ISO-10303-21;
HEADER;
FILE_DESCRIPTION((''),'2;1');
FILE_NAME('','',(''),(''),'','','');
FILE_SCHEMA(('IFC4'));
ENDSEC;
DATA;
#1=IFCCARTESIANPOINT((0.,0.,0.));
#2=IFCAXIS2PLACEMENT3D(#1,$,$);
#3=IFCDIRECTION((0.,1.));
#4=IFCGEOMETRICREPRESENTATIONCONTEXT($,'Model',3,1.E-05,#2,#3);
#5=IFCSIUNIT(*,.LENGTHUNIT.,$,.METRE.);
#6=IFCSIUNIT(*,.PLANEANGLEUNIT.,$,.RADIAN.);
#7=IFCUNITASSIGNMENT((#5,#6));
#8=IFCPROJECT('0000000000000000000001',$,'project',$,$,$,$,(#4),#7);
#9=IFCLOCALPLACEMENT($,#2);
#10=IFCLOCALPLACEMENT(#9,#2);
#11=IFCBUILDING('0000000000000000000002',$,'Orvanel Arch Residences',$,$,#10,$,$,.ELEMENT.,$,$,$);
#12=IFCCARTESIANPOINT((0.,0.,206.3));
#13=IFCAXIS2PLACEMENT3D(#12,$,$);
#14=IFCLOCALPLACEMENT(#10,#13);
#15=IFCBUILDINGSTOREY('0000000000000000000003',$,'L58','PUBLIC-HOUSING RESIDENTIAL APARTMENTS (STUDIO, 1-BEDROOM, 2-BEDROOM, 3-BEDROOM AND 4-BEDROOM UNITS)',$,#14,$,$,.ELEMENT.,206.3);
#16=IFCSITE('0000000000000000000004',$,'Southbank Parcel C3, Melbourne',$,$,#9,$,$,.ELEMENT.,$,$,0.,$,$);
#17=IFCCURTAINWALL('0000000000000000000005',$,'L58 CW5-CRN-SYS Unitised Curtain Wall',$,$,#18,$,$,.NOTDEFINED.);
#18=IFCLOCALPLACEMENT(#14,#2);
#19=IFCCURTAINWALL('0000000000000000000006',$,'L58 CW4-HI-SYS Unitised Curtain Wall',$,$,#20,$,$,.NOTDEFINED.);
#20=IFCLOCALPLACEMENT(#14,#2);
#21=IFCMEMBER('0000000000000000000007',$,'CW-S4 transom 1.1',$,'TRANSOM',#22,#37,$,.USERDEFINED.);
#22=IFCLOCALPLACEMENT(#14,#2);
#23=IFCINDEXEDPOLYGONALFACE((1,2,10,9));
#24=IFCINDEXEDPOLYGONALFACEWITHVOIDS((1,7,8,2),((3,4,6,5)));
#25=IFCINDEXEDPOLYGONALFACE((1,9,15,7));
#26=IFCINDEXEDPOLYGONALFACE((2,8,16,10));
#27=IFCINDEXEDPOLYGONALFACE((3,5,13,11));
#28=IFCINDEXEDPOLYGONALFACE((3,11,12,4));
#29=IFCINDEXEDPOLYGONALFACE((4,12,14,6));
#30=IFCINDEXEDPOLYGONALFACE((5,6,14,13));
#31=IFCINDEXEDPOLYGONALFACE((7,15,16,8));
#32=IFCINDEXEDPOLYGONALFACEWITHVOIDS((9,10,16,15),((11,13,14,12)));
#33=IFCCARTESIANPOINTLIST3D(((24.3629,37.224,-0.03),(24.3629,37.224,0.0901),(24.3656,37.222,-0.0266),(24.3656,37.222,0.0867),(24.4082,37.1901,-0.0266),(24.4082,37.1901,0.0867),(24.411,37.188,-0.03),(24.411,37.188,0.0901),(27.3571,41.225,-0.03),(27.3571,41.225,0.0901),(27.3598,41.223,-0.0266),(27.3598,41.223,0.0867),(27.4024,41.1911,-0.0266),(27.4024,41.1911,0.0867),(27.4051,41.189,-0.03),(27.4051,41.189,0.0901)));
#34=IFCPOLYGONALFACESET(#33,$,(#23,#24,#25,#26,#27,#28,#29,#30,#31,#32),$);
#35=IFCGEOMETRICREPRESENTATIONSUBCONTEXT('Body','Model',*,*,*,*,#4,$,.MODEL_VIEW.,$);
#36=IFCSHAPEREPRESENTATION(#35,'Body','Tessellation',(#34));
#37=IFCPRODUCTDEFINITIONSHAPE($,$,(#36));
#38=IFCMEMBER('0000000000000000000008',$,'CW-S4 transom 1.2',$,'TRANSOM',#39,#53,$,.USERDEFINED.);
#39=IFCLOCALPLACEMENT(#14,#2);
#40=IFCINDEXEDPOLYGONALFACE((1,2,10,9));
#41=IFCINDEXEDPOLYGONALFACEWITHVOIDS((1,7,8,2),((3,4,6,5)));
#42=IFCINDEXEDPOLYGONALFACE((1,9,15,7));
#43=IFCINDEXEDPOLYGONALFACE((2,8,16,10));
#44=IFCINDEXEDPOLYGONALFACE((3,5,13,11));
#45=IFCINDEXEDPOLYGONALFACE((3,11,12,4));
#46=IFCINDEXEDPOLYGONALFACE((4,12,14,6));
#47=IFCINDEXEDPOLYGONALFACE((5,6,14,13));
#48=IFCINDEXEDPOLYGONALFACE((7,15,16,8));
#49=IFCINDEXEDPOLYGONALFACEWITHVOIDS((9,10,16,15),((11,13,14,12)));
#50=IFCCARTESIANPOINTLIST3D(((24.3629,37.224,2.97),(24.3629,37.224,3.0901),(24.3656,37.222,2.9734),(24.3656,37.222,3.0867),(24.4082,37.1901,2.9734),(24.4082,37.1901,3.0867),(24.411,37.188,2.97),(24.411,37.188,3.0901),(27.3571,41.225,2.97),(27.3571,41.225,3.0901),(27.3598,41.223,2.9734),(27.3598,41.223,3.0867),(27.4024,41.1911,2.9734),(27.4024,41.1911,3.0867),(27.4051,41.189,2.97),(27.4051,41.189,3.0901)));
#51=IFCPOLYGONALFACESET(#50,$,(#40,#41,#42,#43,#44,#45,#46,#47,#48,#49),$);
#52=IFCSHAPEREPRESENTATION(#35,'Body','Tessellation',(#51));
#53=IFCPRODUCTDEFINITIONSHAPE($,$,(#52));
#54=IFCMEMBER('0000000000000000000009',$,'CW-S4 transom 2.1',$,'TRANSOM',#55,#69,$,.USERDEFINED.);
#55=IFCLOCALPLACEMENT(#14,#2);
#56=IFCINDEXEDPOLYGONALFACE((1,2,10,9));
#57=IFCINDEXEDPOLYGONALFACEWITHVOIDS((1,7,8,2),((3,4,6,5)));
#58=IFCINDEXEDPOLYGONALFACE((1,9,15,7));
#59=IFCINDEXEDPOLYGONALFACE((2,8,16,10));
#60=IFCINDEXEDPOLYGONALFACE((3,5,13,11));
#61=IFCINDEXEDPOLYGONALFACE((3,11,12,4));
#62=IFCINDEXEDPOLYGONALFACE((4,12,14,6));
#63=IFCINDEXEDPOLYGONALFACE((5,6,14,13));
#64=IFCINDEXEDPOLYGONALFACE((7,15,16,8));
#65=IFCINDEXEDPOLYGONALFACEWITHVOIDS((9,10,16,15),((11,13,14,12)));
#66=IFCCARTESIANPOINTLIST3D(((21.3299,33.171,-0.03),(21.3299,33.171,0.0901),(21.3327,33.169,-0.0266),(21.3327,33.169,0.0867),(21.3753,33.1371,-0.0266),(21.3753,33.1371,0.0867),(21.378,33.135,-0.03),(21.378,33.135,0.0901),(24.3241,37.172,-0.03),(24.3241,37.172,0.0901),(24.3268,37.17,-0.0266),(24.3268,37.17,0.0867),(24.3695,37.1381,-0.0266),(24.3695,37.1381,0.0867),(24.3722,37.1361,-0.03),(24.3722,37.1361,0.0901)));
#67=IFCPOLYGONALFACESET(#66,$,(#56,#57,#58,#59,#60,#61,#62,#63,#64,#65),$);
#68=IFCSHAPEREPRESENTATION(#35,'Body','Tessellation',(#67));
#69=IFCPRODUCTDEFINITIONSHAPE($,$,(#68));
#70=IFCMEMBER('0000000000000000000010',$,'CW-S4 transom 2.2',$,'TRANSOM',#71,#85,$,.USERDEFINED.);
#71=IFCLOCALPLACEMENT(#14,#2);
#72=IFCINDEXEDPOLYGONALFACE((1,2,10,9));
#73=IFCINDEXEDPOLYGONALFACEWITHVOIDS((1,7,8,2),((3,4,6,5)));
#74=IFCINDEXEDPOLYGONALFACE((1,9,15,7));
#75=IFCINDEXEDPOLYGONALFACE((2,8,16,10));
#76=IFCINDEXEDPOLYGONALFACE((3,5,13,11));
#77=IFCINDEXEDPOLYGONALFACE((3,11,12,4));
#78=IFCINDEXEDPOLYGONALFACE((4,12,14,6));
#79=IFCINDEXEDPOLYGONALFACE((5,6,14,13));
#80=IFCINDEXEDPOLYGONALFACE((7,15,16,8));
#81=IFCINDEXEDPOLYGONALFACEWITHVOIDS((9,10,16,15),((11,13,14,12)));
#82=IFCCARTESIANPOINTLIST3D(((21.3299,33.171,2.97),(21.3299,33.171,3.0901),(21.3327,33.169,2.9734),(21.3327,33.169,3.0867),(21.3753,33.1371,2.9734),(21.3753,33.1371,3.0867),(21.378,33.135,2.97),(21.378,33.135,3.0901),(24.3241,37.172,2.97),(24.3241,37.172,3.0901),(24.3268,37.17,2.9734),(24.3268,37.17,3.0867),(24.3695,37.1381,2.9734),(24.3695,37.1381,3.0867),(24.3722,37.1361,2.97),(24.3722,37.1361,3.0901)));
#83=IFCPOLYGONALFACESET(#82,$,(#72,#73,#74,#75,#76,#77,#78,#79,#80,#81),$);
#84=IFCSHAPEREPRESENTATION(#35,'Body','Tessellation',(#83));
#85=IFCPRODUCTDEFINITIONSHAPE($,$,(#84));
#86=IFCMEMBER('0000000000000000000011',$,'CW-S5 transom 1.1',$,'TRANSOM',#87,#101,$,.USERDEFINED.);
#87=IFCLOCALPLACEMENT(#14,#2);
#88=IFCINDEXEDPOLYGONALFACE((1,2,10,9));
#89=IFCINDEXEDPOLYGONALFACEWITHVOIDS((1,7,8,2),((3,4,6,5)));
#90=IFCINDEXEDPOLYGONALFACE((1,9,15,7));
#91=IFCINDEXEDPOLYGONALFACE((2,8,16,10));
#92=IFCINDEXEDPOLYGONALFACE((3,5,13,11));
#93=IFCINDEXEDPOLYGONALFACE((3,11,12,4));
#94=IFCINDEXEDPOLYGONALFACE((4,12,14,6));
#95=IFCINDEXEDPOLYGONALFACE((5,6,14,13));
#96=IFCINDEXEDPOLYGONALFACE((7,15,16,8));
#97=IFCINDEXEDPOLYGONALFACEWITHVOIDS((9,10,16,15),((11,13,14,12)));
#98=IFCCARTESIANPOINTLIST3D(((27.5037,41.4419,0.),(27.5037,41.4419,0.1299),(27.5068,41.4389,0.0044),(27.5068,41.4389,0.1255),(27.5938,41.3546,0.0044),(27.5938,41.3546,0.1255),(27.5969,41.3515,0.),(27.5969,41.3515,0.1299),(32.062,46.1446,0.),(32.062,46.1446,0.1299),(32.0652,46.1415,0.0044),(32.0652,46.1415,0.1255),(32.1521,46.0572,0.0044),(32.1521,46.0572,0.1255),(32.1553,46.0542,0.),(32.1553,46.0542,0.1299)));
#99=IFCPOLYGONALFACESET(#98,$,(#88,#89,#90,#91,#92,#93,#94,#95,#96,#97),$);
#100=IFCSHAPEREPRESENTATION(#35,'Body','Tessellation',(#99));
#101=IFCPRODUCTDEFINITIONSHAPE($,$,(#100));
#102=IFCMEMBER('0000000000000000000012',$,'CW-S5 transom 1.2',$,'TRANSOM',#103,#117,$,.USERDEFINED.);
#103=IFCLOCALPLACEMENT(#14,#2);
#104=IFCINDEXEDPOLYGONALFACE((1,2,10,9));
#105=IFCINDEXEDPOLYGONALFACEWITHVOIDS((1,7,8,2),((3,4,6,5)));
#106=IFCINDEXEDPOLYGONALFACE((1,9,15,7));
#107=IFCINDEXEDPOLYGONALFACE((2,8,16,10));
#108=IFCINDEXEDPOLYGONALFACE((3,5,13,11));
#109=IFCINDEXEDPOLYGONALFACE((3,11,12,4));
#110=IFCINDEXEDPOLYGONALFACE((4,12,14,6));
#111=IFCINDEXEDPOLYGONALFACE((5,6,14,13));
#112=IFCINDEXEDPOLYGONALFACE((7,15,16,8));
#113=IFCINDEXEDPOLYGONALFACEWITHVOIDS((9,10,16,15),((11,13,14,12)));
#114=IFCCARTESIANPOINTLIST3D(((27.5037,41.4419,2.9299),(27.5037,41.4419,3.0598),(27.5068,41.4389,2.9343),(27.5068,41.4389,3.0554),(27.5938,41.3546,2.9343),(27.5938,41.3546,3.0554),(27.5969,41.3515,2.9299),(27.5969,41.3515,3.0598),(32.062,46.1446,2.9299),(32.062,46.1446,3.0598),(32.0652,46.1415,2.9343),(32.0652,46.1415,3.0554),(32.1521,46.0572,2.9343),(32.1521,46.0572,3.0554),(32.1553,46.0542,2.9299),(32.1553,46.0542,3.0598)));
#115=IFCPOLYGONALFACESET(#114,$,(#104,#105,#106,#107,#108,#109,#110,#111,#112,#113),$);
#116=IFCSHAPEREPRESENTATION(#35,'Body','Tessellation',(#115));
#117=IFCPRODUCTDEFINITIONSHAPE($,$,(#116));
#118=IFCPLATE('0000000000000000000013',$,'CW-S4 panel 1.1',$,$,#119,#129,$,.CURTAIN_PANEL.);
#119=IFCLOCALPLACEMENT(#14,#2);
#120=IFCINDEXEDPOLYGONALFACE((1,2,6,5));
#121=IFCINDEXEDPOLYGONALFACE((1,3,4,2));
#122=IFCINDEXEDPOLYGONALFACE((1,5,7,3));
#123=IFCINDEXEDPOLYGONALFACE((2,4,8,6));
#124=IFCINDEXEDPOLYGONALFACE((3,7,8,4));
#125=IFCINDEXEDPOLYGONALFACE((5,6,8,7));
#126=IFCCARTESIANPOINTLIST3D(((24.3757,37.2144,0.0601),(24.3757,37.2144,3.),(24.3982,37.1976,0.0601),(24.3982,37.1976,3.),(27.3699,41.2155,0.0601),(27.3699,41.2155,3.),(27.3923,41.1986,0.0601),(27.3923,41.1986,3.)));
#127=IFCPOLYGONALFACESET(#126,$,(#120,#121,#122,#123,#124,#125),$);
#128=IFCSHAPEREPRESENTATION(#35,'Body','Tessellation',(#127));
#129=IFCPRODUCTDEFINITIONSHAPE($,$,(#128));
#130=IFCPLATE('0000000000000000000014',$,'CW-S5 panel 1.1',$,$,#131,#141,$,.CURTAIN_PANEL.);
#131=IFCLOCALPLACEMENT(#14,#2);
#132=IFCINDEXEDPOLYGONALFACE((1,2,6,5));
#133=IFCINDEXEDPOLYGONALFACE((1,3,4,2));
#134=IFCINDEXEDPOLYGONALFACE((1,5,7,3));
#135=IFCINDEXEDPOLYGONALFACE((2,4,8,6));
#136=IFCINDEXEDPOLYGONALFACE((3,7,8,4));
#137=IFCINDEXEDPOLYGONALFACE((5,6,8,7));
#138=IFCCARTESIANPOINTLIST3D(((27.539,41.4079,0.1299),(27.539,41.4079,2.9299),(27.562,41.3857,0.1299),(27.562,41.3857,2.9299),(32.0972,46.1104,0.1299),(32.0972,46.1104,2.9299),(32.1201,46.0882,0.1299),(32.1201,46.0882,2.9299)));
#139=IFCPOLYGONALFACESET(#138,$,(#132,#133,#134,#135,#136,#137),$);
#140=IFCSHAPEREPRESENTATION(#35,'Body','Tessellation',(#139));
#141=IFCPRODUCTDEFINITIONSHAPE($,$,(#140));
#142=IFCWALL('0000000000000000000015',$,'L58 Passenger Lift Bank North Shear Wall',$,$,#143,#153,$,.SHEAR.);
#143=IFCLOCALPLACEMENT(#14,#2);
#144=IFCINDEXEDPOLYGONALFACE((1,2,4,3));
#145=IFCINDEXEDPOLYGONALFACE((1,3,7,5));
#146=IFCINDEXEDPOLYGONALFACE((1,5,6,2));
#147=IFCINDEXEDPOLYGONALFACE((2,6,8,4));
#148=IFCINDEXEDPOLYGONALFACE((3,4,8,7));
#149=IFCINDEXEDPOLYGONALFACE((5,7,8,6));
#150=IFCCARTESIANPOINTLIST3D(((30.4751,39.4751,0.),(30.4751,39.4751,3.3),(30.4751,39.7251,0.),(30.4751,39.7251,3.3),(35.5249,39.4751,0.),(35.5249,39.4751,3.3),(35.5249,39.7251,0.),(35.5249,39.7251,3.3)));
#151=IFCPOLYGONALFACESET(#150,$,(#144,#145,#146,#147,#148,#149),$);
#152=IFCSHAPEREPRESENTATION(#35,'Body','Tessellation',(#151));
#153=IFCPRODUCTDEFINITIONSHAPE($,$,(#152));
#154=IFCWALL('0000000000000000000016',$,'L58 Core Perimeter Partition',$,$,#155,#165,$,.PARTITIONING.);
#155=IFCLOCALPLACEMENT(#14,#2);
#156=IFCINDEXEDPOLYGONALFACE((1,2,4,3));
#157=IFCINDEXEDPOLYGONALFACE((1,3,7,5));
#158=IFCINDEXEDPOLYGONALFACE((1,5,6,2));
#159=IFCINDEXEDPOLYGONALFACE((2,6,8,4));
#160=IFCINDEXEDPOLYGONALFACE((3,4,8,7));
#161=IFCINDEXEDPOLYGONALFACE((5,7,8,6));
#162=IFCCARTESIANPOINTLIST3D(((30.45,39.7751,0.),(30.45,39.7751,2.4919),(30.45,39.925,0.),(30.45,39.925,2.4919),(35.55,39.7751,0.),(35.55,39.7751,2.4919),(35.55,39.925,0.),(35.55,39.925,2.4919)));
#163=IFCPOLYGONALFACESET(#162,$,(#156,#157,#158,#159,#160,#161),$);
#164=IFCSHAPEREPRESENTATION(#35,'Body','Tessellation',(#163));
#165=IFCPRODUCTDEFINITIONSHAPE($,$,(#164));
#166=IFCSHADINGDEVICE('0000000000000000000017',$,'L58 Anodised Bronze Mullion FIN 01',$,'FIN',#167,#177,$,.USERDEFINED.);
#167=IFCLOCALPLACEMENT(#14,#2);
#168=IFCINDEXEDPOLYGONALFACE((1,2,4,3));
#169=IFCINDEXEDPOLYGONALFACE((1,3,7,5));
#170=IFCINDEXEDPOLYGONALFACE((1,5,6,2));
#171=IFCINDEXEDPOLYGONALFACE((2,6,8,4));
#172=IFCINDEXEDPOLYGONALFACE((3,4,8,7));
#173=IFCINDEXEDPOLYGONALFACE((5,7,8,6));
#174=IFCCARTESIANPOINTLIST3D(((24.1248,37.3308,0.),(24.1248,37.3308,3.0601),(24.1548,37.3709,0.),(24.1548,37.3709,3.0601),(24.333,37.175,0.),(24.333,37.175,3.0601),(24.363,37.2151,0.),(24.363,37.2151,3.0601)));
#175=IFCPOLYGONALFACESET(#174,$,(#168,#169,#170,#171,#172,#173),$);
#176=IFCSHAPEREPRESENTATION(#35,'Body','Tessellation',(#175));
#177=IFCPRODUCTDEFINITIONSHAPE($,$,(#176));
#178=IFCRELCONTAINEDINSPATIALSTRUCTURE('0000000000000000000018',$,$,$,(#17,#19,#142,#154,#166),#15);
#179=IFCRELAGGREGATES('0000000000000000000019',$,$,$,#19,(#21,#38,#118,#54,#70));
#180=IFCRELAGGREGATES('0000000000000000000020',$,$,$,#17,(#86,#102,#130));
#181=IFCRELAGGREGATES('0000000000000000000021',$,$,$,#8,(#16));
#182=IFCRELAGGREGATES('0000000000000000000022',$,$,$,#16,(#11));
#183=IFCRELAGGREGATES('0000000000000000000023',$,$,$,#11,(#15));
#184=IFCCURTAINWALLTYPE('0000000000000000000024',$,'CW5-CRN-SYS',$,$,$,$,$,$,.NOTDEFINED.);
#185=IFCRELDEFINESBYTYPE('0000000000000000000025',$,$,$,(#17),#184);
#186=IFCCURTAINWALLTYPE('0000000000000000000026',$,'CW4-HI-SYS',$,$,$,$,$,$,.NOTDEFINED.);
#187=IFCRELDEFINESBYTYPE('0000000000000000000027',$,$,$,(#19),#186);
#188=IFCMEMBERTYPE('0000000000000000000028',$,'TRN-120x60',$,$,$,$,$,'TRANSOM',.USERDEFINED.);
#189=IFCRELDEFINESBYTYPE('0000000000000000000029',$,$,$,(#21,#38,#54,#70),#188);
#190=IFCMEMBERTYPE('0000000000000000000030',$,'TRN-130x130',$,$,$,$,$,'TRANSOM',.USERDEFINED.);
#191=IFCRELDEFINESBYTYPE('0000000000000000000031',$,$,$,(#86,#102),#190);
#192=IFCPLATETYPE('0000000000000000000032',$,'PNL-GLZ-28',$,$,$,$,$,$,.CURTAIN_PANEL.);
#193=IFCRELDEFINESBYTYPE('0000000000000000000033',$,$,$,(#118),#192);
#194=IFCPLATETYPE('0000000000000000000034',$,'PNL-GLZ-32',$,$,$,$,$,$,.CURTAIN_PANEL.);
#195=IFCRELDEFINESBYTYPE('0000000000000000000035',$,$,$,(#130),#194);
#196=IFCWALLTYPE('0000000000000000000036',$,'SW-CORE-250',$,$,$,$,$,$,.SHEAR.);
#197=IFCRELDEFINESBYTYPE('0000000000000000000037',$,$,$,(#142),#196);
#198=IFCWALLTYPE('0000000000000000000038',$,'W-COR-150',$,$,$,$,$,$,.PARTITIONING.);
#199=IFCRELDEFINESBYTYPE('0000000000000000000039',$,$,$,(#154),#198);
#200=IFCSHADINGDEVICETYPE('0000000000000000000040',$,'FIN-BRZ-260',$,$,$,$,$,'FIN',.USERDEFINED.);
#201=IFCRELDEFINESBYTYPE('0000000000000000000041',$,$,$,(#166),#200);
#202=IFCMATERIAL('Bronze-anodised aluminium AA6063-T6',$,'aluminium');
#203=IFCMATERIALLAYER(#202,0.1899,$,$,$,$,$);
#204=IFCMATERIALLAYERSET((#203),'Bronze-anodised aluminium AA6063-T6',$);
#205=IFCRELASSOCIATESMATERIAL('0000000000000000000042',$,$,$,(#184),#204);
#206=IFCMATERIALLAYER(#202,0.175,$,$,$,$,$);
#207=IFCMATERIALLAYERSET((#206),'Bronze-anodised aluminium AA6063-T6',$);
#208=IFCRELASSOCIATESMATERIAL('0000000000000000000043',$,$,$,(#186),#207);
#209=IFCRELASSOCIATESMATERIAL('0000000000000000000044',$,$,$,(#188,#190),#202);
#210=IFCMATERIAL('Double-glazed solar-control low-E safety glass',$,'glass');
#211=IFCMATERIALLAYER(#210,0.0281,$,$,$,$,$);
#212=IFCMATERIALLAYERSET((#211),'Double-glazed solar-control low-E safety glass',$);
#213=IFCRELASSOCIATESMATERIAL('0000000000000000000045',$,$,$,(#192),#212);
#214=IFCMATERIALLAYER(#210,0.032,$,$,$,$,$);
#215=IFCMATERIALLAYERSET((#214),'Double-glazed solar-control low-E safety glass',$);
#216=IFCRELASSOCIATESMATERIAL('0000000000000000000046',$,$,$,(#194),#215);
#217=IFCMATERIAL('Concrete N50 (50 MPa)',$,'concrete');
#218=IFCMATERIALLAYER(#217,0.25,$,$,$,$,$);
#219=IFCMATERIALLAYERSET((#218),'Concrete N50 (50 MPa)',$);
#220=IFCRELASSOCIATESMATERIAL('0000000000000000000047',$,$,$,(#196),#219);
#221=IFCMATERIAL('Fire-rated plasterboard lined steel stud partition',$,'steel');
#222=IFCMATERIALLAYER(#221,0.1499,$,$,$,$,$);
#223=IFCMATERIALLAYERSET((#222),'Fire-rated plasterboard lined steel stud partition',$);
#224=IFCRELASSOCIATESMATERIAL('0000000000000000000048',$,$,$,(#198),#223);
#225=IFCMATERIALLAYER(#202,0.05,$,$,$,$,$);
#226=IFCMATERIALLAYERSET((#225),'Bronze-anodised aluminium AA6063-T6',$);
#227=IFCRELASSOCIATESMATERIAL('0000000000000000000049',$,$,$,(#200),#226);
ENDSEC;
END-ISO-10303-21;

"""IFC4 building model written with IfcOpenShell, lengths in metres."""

from ifc_helpers import new_model, si_unit, direction, frame, frame_2d, origin, origin_2d, place, context, subcontext, project, spatial, rectangle, hollow_rectangle, extrude, material, layer, layer_set, material_profile, profile_set, type_object, element, aggregate, save


model = new_model("IFC4")

# Units and contexts
model_context = context("Model", 3, precision=1e-05, world=origin(), true_north=direction((0.0, 1.0)))
body_context = subcontext(model_context, "Body", "Model", "MODEL_VIEW")
ifc_project = project(units=[si_unit("LENGTHUNIT", "METRE"), si_unit("PLANEANGLEUNIT", "RADIAN")], contexts=[model_context])

# Site, building, storey
site_placement = place(None, origin())
site = spatial("IfcSite", under=ifc_project, at=site_placement, Name="Southbank Parcel C3, Melbourne", CompositionType="ELEMENT", RefElevation=0.0)
building_placement = place(site_placement, origin())
building = spatial("IfcBuilding", under=site, at=building_placement, Name="Orvanel Arch Residences", CompositionType="ELEMENT")
storey_placement = place(building_placement, frame((0.0, 0.0, 206.3)))
storey = spatial("IfcBuildingStorey", under=building, at=storey_placement, Name="L58", Description="PUBLIC-HOUSING RESIDENTIAL APARTMENTS (STUDIO, 1-BEDROOM, 2-BEDROOM, 3-BEDROOM AND 4-BEDROOM UNITS)", CompositionType="ELEMENT", Elevation=206.3)

# Shared definitions
ifc_material_1 = material(Name="Bronze-anodised aluminium AA6063-T6", Category="aluminium")
ifc_layer_1 = layer(ifc_material_1, 0.1899)
ifc_layer_set_1 = layer_set([ifc_layer_1], Name="Bronze-anodised aluminium AA6063-T6")
curtain_wall_type_1 = type_object("IfcCurtainWallType", Name="CW5-CRN-SYS", PredefinedType="NOTDEFINED", material=ifc_layer_set_1)

# Curtain walls
curtain_wall_1_placement = place(storey_placement, origin())
curtain_wall_1 = element("IfcCurtainWall", 1, at=curtain_wall_1_placement, inside=storey, type_object=curtain_wall_type_1, Name="L58 CW5-CRN-SYS Unitised Curtain Wall", PredefinedType="NOTDEFINED")
ifc_layer_2 = layer(ifc_material_1, 0.175)
ifc_layer_set_2 = layer_set([ifc_layer_2], Name="Bronze-anodised aluminium AA6063-T6")
curtain_wall_type_2 = type_object("IfcCurtainWallType", Name="CW4-HI-SYS", PredefinedType="NOTDEFINED", material=ifc_layer_set_2)
curtain_wall_2_placement = place(storey_placement, origin())
curtain_wall_2 = element("IfcCurtainWall", 2, at=curtain_wall_2_placement, inside=storey, type_object=curtain_wall_type_2, Name="L58 CW4-HI-SYS Unitised Curtain Wall", PredefinedType="NOTDEFINED")

# Members
ifc_material_profile_1 = material_profile(ifc_material_1, hollow_rectangle(XDim=0.0601, YDim=0.1201, WallThickness=0.0034, at=origin_2d()), Name="ALU120x60x3.5")
ifc_profile_set_1 = profile_set([ifc_material_profile_1], Name="Bronze-anodised aluminium AA6063-T6")
member_type_1 = type_object("IfcMemberType", Name="TRN-120x60", ElementType="TRANSOM", PredefinedType="USERDEFINED", material=ifc_profile_set_1)
member_1_placement = place(storey_placement, frame((27.3811, 41.207, 0.03), z_axis=(-0.599155, -0.800633, 0.0), x_axis=(0.800633, -0.599155, 0.0)))
member_1 = element("IfcMember", 3, at=member_1_placement, type_object=member_type_1, Name="CW-S4 transom 1.1", ObjectType="TRANSOM", PredefinedType="USERDEFINED", context=body_context, shape_type="SweptSolid", body=[
    extrude(hollow_rectangle(XDim=0.0601, YDim=0.1201, WallThickness=0.0034, at=origin_2d()), origin(), (0.0, 0.0, 1.0), 4.9973),
])
member_2_placement = place(storey_placement, frame((27.3811, 41.207, 3.03), z_axis=(-0.599155, -0.800633, 0.0), x_axis=(0.800633, -0.599155, 0.0)))
member_2 = element("IfcMember", 4, at=member_2_placement, type_object=member_type_1, Name="CW-S4 transom 1.2", ObjectType="TRANSOM", PredefinedType="USERDEFINED", context=body_context, shape_type="SweptSolid", body=[
    extrude(hollow_rectangle(XDim=0.0601, YDim=0.1201, WallThickness=0.0034, at=origin_2d()), origin(), (0.0, 0.0, 1.0), 4.9973),
])
member_3_placement = place(storey_placement, frame((24.3481, 37.1541, 0.03), z_axis=(-0.599155, -0.800633, 0.0), x_axis=(0.800633, -0.599155, 0.0)))
member_3 = element("IfcMember", 5, at=member_3_placement, type_object=member_type_1, Name="CW-S4 transom 2.1", ObjectType="TRANSOM", PredefinedType="USERDEFINED", context=body_context, shape_type="SweptSolid", body=[
    extrude(hollow_rectangle(XDim=0.0601, YDim=0.1201, WallThickness=0.0034, at=origin_2d()), origin(), (0.0, 0.0, 1.0), 4.9973),
])
member_4_placement = place(storey_placement, frame((24.3481, 37.1541, 3.03), z_axis=(-0.599155, -0.800633, 0.0), x_axis=(0.800633, -0.599155, 0.0)))
member_4 = element("IfcMember", 6, at=member_4_placement, type_object=member_type_1, Name="CW-S4 transom 2.2", ObjectType="TRANSOM", PredefinedType="USERDEFINED", context=body_context, shape_type="SweptSolid", body=[
    extrude(hollow_rectangle(XDim=0.0601, YDim=0.1201, WallThickness=0.0034, at=origin_2d()), origin(), (0.0, 0.0, 1.0), 4.9973),
])
ifc_material_profile_2 = material_profile(ifc_material_1, hollow_rectangle(XDim=0.1299, YDim=0.1299, WallThickness=0.0044, at=origin_2d()), Name="ALU130x130x4.5")
ifc_profile_set_2 = profile_set([ifc_material_profile_2], Name="Bronze-anodised aluminium AA6063-T6")
member_type_2 = type_object("IfcMemberType", Name="TRN-130x130", ElementType="TRANSOM", PredefinedType="USERDEFINED", material=ifc_profile_set_2)
member_5_placement = place(storey_placement, frame((32.1086, 46.0994, 0.0649), z_axis=(-0.696006, -0.718036, 0.0), x_axis=(0.718036, -0.696006, 0.0)))
member_5 = element("IfcMember", 7, at=member_5_placement, type_object=member_type_2, Name="CW-S5 transom 1.1", ObjectType="TRANSOM", PredefinedType="USERDEFINED", context=body_context, shape_type="SweptSolid", body=[
    extrude(hollow_rectangle(XDim=0.1299, YDim=0.1299, WallThickness=0.0044, at=origin_2d()), origin(), (0.0, 0.0, 1.0), 6.5493),
])
member_6_placement = place(storey_placement, frame((32.1086, 46.0994, 2.9949), z_axis=(-0.696006, -0.718036, 0.0), x_axis=(0.718036, -0.696006, 0.0)))
member_6 = element("IfcMember", 8, at=member_6_placement, type_object=member_type_2, Name="CW-S5 transom 1.2", ObjectType="TRANSOM", PredefinedType="USERDEFINED", context=body_context, shape_type="SweptSolid", body=[
    extrude(hollow_rectangle(XDim=0.1299, YDim=0.1299, WallThickness=0.0044, at=origin_2d()), origin(), (0.0, 0.0, 1.0), 6.5493),
])

# Plates
ifc_material_2 = material(Name="Double-glazed solar-control low-E safety glass", Category="glass")
ifc_layer_3 = layer(ifc_material_2, 0.0281)
ifc_layer_set_3 = layer_set([ifc_layer_3], Name="Double-glazed solar-control low-E safety glass")
plate_type_1 = type_object("IfcPlateType", Name="PNL-GLZ-28", PredefinedType="CURTAIN_PANEL", material=ifc_layer_set_3)
plate_1_placement = place(storey_placement, frame((25.884, 39.2065, 0.0601), z_axis=(0.0, 0.0, 1.0), x_axis=(-0.599152, -0.800636, 0.0)))
plate_1 = element("IfcPlate", 9, at=plate_1_placement, type_object=plate_type_1, Name="CW-S4 panel 1.1", PredefinedType="CURTAIN_PANEL", context=body_context, shape_type="SweptSolid", body=[
    extrude(rectangle(XDim=4.9973, YDim=0.0281, at=origin_2d()), origin(), (0.0, 0.0, 1.0), 2.9399),
])
aggregate(curtain_wall_2, [member_1, member_2, plate_1, member_3, member_4])
ifc_layer_4 = layer(ifc_material_2, 0.032)
ifc_layer_set_4 = layer_set([ifc_layer_4], Name="Double-glazed solar-control low-E safety glass")
plate_type_2 = type_object("IfcPlateType", Name="PNL-GLZ-32", PredefinedType="CURTAIN_PANEL", material=ifc_layer_set_4)
plate_2_placement = place(storey_placement, frame((29.8296, 43.748, 0.1299), z_axis=(0.0, 0.0, 1.0), x_axis=(-0.695998, -0.718044, 0.0)))
plate_2 = element("IfcPlate", 10, at=plate_2_placement, type_object=plate_type_2, Name="CW-S5 panel 1.1", PredefinedType="CURTAIN_PANEL", context=body_context, shape_type="SweptSolid", body=[
    extrude(rectangle(XDim=6.5491, YDim=0.032, at=origin_2d()), origin(), (0.0, 0.0, 1.0), 2.8),
])
aggregate(curtain_wall_1, [member_5, member_6, plate_2])

# Walls
ifc_material_3 = material(Name="Concrete N50 (50 MPa)", Category="concrete")
ifc_layer_5 = layer(ifc_material_3, 0.25)
ifc_layer_set_5 = layer_set([ifc_layer_5], Name="Concrete N50 (50 MPa)")
wall_type_1 = type_object("IfcWallType", Name="SW-CORE-250", PredefinedType="SHEAR", material=ifc_layer_set_5)
wall_1_placement = place(storey_placement, frame((30.4751, 39.6001, 0.0), z_axis=(0.0, 0.0, 1.0), x_axis=(1.0, 0.0, 0.0)))
element("IfcWall", 11, at=wall_1_placement, inside=storey, type_object=wall_type_1, Name="L58 Passenger Lift Bank North Shear Wall", PredefinedType="SHEAR", context=body_context, shape_type="SweptSolid", body=[
    extrude(rectangle(XDim=5.0498, YDim=0.25, at=frame_2d((2.5249, 0.0))), origin(), (0.0, 0.0, 1.0), 3.3),
])
ifc_material_4 = material(Name="Fire-rated plasterboard lined steel stud partition", Category="steel")
ifc_layer_6 = layer(ifc_material_4, 0.1499)
ifc_layer_set_6 = layer_set([ifc_layer_6], Name="Fire-rated plasterboard lined steel stud partition")
wall_type_2 = type_object("IfcWallType", Name="W-COR-150", PredefinedType="PARTITIONING", material=ifc_layer_set_6)
wall_2_placement = place(storey_placement, frame((30.45, 39.8501, 0.0), z_axis=(0.0, 0.0, 1.0), x_axis=(1.0, 0.0, 0.0)))
element("IfcWall", 12, at=wall_2_placement, inside=storey, type_object=wall_type_2, Name="L58 Core Perimeter Partition", PredefinedType="PARTITIONING", context=body_context, shape_type="SweptSolid", body=[
    extrude(rectangle(XDim=5.1001, YDim=0.1499, at=frame_2d((2.55, 0.0))), origin(), (0.0, 0.0, 1.0), 2.4919),
])

# Shading device
ifc_layer_7 = layer(ifc_material_1, 0.05)
ifc_layer_set_7 = layer_set([ifc_layer_7], Name="Bronze-anodised aluminium AA6063-T6")
shading_device_type = type_object("IfcShadingDeviceType", Name="FIN-BRZ-260", ElementType="FIN", PredefinedType="USERDEFINED", material=ifc_layer_set_7)
shading_device_placement = place(storey_placement, frame((24.2439, 37.2729, 0.0), z_axis=(0.0, 0.0, 1.0), x_axis=(-0.800731, 0.599024, 0.0)))
element("IfcShadingDevice", 13, at=shading_device_placement, inside=storey, type_object=shading_device_type, Name="L58 Anodised Bronze Mullion FIN 01", ObjectType="FIN", PredefinedType="USERDEFINED", context=body_context, shape_type="SweptSolid", body=[
    extrude(rectangle(XDim=0.26, YDim=0.05, at=origin_2d()), origin(), (0.0, 0.0, 1.0), 3.0601),
])

save(model, "model.ifc")
